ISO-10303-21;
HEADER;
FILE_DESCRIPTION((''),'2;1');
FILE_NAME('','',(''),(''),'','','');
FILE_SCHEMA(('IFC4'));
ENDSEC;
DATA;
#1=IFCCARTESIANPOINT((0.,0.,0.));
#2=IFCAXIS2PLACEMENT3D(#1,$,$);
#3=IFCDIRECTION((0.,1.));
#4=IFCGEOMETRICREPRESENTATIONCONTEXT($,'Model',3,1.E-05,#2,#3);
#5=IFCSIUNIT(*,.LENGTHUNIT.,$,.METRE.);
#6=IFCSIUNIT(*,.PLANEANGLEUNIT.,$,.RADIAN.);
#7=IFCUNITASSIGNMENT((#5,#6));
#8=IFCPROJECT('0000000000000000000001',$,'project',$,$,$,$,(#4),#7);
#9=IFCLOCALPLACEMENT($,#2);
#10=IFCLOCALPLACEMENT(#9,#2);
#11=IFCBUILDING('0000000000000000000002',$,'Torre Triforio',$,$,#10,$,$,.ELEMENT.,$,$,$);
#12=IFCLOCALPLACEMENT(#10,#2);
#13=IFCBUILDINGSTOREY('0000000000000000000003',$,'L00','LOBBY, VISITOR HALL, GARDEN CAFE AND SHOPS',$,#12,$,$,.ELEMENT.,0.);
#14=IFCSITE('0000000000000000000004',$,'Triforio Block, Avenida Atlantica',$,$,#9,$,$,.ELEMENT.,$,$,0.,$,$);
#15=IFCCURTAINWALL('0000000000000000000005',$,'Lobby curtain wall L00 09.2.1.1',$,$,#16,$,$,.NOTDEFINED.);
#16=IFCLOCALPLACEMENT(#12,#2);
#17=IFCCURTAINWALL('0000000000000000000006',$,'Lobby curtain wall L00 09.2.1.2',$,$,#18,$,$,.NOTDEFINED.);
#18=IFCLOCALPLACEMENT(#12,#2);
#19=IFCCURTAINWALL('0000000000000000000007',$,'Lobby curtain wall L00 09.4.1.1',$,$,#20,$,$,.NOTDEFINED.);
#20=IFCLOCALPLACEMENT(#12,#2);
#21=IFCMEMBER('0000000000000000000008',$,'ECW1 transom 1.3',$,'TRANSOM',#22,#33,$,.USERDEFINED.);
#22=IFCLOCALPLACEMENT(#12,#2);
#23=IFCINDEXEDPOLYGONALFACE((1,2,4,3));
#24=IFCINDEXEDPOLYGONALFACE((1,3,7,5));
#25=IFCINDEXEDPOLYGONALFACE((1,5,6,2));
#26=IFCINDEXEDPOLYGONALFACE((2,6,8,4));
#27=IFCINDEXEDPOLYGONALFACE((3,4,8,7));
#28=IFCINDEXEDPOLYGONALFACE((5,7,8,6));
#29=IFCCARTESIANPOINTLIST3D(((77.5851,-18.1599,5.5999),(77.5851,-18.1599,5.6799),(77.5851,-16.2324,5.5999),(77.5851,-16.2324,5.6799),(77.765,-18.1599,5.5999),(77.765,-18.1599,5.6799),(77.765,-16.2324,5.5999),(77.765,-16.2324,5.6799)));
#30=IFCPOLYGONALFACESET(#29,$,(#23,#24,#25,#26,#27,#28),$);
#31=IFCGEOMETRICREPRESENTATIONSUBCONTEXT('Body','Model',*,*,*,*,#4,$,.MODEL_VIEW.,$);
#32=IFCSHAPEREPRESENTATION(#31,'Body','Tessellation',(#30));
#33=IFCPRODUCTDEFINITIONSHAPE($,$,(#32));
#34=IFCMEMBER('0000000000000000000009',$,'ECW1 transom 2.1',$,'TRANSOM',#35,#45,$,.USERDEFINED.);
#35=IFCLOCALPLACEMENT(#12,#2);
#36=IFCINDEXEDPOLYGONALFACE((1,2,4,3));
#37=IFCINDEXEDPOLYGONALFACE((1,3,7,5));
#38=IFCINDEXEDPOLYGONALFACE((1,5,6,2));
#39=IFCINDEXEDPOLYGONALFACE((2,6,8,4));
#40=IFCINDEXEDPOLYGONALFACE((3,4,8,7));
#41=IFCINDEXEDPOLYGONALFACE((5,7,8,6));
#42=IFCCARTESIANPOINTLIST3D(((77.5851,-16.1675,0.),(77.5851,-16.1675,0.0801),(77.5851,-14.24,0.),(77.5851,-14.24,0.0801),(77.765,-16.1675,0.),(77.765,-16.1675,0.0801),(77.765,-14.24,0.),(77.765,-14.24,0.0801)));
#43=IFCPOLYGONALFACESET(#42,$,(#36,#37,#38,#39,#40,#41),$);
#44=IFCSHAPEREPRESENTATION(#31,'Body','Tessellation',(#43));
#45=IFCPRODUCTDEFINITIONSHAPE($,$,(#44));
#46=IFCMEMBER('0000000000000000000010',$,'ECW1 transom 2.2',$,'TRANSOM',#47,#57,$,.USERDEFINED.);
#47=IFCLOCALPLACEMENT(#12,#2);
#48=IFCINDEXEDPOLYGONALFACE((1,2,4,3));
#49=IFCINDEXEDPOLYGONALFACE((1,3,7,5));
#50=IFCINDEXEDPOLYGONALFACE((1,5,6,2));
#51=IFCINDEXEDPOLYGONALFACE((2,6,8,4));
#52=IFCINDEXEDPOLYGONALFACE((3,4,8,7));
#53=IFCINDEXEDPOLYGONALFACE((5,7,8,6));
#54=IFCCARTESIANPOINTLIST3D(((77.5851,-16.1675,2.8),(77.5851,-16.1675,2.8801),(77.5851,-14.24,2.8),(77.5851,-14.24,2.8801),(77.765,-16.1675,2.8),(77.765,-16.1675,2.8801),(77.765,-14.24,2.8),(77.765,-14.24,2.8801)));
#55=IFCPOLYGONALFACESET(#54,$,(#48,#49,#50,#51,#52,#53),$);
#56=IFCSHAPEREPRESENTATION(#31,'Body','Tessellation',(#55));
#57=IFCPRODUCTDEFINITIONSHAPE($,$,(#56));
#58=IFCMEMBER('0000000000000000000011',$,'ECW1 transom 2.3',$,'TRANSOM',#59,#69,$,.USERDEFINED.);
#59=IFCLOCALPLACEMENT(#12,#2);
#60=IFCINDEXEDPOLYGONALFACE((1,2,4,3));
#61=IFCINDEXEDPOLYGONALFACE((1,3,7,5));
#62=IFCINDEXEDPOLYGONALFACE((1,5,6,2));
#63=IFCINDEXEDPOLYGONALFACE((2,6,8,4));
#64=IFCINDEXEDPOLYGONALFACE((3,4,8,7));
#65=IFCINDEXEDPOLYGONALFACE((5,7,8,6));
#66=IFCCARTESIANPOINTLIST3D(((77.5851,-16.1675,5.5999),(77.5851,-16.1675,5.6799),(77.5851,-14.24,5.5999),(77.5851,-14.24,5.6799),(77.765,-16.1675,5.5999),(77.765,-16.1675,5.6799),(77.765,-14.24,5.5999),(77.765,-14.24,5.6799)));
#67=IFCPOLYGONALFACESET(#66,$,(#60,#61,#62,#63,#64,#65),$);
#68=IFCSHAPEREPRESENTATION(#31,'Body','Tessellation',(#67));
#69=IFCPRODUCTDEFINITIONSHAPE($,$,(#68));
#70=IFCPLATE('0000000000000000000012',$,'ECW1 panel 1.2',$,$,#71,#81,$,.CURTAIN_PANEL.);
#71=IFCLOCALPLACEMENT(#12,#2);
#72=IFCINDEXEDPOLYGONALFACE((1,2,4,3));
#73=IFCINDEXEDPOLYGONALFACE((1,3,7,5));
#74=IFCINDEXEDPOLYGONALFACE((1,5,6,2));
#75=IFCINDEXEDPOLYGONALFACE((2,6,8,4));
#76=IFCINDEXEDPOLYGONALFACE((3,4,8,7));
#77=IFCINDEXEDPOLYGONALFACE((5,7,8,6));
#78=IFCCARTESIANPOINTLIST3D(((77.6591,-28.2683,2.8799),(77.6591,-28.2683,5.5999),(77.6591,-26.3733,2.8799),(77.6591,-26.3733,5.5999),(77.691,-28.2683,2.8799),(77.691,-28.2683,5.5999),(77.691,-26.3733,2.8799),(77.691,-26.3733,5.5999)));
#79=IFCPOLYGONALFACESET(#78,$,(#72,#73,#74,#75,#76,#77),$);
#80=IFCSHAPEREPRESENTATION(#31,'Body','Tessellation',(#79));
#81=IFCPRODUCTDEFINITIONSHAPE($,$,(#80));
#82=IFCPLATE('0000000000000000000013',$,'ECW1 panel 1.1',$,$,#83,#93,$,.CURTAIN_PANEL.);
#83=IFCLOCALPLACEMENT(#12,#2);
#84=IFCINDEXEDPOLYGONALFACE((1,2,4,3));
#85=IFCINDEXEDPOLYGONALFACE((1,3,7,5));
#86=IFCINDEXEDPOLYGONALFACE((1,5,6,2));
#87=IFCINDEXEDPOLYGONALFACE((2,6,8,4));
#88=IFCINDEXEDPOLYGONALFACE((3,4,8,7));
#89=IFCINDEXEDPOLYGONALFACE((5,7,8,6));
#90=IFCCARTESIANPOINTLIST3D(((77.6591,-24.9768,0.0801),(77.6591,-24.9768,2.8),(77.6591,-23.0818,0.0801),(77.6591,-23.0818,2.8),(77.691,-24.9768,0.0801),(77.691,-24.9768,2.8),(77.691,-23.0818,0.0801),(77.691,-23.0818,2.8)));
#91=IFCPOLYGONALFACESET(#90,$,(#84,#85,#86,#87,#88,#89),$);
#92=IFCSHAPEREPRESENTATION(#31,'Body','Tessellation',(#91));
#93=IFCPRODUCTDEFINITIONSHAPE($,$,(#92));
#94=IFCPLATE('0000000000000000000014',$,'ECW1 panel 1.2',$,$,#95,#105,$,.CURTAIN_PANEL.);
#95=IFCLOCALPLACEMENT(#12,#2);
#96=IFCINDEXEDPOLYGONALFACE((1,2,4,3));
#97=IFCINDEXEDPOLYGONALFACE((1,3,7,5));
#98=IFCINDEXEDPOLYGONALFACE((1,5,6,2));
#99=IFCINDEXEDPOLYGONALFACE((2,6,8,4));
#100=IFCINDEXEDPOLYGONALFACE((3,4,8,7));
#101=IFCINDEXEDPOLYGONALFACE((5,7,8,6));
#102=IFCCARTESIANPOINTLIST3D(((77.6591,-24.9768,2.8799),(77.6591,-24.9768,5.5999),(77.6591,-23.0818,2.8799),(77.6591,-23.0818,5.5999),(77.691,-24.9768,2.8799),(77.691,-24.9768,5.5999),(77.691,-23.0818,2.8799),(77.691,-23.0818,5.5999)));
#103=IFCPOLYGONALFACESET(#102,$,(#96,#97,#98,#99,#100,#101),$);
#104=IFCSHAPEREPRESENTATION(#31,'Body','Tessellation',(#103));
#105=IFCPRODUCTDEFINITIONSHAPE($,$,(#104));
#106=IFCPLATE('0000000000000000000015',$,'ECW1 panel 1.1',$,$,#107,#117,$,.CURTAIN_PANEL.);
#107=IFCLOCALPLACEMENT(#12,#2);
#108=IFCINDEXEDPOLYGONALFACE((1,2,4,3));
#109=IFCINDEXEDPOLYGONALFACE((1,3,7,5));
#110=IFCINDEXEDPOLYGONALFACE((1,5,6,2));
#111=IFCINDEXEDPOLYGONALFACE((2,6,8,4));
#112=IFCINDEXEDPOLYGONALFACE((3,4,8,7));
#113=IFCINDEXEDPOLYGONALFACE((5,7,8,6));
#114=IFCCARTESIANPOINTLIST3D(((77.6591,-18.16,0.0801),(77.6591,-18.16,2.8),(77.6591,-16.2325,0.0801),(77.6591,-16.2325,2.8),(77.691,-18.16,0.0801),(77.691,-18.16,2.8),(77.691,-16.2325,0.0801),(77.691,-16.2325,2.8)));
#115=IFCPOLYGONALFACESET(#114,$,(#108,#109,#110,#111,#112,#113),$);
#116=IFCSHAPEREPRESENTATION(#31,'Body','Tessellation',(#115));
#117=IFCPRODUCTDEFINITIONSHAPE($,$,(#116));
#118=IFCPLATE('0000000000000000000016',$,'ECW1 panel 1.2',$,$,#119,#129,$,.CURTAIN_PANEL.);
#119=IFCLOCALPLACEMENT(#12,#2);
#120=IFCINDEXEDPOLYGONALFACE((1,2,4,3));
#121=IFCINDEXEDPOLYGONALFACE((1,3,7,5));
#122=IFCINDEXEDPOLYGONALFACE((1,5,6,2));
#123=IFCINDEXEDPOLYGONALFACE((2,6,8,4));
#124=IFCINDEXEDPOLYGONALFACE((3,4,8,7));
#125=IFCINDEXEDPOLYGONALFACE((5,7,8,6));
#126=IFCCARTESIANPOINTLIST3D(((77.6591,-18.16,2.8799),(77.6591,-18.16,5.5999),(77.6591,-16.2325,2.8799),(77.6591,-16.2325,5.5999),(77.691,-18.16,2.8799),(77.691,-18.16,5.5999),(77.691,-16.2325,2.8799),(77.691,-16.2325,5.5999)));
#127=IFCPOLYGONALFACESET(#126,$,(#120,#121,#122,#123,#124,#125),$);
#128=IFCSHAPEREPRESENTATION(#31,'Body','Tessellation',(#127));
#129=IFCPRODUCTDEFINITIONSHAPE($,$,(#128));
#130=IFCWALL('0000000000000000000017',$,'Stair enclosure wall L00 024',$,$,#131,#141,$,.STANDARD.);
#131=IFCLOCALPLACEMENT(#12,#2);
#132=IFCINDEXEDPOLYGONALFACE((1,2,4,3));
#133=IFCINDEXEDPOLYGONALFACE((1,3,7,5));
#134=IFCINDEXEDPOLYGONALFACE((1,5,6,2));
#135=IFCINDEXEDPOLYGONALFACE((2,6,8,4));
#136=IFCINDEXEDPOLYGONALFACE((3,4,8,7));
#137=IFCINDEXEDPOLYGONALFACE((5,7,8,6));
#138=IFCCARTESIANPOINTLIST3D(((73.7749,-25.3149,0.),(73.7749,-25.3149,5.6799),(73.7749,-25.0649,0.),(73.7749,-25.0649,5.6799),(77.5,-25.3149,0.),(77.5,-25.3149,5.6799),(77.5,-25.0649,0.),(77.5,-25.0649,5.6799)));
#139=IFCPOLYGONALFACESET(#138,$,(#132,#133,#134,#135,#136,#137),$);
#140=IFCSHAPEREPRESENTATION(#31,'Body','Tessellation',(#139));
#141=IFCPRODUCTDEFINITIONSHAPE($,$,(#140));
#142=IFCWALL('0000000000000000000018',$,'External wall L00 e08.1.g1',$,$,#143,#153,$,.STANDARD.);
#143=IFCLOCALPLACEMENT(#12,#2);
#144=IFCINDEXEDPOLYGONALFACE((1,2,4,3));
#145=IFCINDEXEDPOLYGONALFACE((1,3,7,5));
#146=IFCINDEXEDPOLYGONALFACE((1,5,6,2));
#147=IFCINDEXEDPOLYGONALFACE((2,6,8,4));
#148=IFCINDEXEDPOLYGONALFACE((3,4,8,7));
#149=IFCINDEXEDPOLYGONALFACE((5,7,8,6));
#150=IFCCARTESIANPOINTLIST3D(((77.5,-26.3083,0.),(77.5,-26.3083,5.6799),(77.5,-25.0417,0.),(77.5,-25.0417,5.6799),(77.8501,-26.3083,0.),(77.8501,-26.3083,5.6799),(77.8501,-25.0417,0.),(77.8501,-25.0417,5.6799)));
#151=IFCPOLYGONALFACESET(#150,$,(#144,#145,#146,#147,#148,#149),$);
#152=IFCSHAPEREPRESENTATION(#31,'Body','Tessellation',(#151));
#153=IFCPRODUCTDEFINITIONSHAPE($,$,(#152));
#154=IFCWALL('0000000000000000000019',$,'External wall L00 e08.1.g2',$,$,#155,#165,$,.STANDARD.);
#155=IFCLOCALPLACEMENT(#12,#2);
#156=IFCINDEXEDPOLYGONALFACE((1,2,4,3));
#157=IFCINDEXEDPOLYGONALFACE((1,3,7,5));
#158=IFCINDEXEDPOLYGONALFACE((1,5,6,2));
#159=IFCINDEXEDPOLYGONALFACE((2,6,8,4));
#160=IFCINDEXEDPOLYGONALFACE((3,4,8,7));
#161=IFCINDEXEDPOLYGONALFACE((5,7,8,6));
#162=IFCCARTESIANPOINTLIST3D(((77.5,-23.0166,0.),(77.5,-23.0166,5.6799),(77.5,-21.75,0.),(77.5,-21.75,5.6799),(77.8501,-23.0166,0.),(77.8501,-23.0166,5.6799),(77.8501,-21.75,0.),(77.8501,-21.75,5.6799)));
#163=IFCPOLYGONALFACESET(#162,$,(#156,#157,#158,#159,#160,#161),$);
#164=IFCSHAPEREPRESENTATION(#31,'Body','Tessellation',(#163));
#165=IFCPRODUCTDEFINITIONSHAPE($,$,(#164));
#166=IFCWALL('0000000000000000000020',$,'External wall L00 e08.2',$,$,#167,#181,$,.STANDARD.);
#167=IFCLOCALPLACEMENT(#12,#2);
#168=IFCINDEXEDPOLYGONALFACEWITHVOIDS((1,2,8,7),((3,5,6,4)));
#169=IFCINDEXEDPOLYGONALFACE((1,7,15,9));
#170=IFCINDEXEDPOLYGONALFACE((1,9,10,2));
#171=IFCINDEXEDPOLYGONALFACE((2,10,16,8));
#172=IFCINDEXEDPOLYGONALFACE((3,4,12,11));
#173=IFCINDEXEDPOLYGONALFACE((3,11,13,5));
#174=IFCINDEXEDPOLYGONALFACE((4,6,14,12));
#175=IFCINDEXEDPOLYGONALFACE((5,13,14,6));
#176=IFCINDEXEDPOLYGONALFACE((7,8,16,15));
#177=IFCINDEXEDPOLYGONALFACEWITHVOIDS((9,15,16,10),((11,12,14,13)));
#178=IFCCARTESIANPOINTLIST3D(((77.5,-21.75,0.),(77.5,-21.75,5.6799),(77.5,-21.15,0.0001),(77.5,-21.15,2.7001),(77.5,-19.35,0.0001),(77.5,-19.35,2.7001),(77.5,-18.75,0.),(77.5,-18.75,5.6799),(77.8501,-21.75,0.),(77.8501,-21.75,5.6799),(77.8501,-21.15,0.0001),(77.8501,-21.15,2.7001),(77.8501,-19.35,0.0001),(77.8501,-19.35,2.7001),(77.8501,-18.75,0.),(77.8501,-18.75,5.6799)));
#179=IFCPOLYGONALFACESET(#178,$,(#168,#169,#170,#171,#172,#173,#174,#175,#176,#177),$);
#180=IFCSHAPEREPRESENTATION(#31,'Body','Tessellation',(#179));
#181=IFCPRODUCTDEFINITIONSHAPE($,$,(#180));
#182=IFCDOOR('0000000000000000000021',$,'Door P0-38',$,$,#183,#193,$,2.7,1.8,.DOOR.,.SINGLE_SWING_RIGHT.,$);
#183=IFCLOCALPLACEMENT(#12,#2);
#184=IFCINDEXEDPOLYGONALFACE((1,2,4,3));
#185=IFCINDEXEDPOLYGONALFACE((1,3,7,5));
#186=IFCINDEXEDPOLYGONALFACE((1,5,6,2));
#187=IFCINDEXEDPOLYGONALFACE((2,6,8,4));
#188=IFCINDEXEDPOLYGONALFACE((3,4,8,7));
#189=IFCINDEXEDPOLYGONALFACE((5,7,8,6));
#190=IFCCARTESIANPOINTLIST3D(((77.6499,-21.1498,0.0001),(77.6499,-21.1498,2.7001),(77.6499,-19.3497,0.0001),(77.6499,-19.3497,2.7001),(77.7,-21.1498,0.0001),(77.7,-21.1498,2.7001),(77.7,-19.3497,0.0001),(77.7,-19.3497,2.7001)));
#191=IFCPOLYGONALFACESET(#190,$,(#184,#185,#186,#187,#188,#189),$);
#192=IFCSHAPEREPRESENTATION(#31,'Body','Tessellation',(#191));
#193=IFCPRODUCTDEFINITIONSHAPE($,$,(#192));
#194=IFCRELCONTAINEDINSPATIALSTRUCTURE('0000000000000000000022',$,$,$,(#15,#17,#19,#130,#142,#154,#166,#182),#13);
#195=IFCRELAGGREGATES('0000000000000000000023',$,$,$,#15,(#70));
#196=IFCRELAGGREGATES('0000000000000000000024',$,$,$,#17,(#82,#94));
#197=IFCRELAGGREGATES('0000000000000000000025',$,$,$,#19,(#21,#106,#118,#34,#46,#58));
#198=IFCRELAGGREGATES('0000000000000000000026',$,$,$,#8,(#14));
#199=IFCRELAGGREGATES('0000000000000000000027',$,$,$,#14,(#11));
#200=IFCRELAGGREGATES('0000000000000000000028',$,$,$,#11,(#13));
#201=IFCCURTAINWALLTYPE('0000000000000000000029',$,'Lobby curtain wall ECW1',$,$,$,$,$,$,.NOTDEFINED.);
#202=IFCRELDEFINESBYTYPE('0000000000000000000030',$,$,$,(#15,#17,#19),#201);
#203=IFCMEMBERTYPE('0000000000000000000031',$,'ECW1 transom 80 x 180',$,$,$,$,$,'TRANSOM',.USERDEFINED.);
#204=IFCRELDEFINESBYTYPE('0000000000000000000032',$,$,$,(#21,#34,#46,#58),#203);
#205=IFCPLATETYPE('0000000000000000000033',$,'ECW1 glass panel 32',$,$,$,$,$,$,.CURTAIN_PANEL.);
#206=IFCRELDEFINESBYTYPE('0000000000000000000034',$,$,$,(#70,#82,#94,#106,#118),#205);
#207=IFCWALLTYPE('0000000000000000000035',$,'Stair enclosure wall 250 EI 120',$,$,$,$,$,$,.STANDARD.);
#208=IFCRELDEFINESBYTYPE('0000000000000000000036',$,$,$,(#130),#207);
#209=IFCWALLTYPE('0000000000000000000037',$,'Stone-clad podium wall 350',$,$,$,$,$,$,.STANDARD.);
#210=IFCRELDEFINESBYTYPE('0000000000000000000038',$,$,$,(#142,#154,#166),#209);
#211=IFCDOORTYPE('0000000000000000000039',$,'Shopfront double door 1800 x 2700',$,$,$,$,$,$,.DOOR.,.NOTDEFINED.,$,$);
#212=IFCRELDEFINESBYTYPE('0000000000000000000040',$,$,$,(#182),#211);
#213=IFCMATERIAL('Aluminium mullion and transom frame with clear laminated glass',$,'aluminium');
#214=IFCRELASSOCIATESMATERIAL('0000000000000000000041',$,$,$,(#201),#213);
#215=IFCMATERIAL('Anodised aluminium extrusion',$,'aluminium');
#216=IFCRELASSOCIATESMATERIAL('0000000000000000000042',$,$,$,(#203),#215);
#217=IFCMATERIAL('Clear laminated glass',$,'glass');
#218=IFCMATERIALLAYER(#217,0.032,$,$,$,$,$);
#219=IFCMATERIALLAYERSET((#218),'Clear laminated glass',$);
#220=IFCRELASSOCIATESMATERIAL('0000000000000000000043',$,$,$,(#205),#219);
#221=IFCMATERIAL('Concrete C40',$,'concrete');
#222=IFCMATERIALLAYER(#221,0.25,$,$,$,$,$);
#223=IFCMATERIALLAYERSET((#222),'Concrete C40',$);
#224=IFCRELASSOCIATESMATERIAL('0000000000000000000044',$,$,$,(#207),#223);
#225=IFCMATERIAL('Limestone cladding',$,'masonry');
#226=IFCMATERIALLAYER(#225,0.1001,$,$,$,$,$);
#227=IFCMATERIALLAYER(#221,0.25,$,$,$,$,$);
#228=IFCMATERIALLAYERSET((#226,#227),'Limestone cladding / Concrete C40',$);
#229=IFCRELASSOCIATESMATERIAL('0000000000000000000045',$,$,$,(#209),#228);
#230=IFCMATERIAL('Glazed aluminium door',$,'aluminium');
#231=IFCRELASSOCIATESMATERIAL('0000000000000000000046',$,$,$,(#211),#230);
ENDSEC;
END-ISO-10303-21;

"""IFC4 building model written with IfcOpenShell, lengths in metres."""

from ifc_helpers import new_model, si_unit, direction, frame, frame_2d, origin, origin_2d, place, context, subcontext, project, spatial, rectangle, extrude, material, layer, layer_set, material_profile, profile_set, type_object, element, fill, aggregate, save


model = new_model("IFC4")

# Units and contexts
model_context = context("Model", 3, precision=1e-05, world=origin(), true_north=direction((0.0, 1.0)))
body_context = subcontext(model_context, "Body", "Model", "MODEL_VIEW")
ifc_project = project(units=[si_unit("LENGTHUNIT", "METRE"), si_unit("PLANEANGLEUNIT", "RADIAN")], contexts=[model_context])

# Site, building, storey
site_placement = place(None, origin())
site = spatial("IfcSite", under=ifc_project, at=site_placement, Name="Triforio Block, Avenida Atlantica", CompositionType="ELEMENT", RefElevation=0.0)
building_placement = place(site_placement, origin())
building = spatial("IfcBuilding", under=site, at=building_placement, Name="Torre Triforio", CompositionType="ELEMENT")
storey_placement = place(building_placement, origin())
storey = spatial("IfcBuildingStorey", under=building, at=storey_placement, Name="L00", Description="LOBBY, VISITOR HALL, GARDEN CAFE AND SHOPS", CompositionType="ELEMENT", Elevation=0.0)

# Curtain wall
ifc_material_1 = material(Name="Aluminium mullion and transom frame with clear laminated glass", Category="aluminium")
curtain_wall_type = type_object("IfcCurtainWallType", Name="Lobby curtain wall ECW1", PredefinedType="NOTDEFINED", material=ifc_material_1)
curtain_wall_1_placement = place(storey_placement, origin())
curtain_wall_1 = element("IfcCurtainWall", 1, at=curtain_wall_1_placement, inside=storey, type_object=curtain_wall_type, Name="Lobby curtain wall L00 09.2.1.1", PredefinedType="NOTDEFINED")
ifc_material_2 = material(Name="Anodised aluminium extrusion", Category="aluminium")

# Curtain walls
curtain_wall_2_placement = place(storey_placement, origin())
curtain_wall_2 = element("IfcCurtainWall", 2, at=curtain_wall_2_placement, inside=storey, type_object=curtain_wall_type, Name="Lobby curtain wall L00 09.2.1.2", PredefinedType="NOTDEFINED")
curtain_wall_3_placement = place(storey_placement, origin())
curtain_wall_3 = element("IfcCurtainWall", 3, at=curtain_wall_3_placement, inside=storey, type_object=curtain_wall_type, Name="Lobby curtain wall L00 09.4.1.1", PredefinedType="NOTDEFINED")

# Members
ifc_material_profile_1 = material_profile(ifc_material_2, rectangle(XDim=0.1799, YDim=0.0801, at=origin_2d()), Name="ECW1 TRANSOM 80x180")
ifc_profile_set_1 = profile_set([ifc_material_profile_1], Name="Anodised aluminium extrusion")
member_type_1 = type_object("IfcMemberType", Name="ECW1 transom 80 x 180", ElementType="TRANSOM", PredefinedType="USERDEFINED", material=ifc_profile_set_1)
member_1_placement = place(storey_placement, frame((77.675, -18.1599, 5.6399), z_axis=(0.0, 1.0, 0.0), x_axis=(-1.0, 0.0, 0.0)))
member_1 = element("IfcMember", 4, at=member_1_placement, type_object=member_type_1, Name="ECW1 transom 1.3", ObjectType="TRANSOM", PredefinedType="USERDEFINED", context=body_context, shape_type="SweptSolid", body=[
    extrude(rectangle(XDim=0.1799, YDim=0.0801, at=origin_2d()), origin(), (0.0, 0.0, 1.0), 1.9275),
])
member_2_placement = place(storey_placement, frame((77.675, -16.1675, 0.04), z_axis=(0.0, 1.0, 0.0), x_axis=(-1.0, 0.0, 0.0)))
member_2 = element("IfcMember", 5, at=member_2_placement, type_object=member_type_1, Name="ECW1 transom 2.1", ObjectType="TRANSOM", PredefinedType="USERDEFINED", context=body_context, shape_type="SweptSolid", body=[
    extrude(rectangle(XDim=0.1799, YDim=0.0801, at=origin_2d()), origin(), (0.0, 0.0, 1.0), 1.9275),
])
member_3_placement = place(storey_placement, frame((77.675, -16.1675, 2.8401), z_axis=(0.0, 1.0, 0.0), x_axis=(-1.0, 0.0, 0.0)))
member_3 = element("IfcMember", 6, at=member_3_placement, type_object=member_type_1, Name="ECW1 transom 2.2", ObjectType="TRANSOM", PredefinedType="USERDEFINED", context=body_context, shape_type="SweptSolid", body=[
    extrude(rectangle(XDim=0.1799, YDim=0.0801, at=origin_2d()), origin(), (0.0, 0.0, 1.0), 1.9275),
])
member_4_placement = place(storey_placement, frame((77.675, -16.1675, 5.6399), z_axis=(0.0, 1.0, 0.0), x_axis=(-1.0, 0.0, 0.0)))
member_4 = element("IfcMember", 7, at=member_4_placement, type_object=member_type_1, Name="ECW1 transom 2.3", ObjectType="TRANSOM", PredefinedType="USERDEFINED", context=body_context, shape_type="SweptSolid", body=[
    extrude(rectangle(XDim=0.1799, YDim=0.0801, at=origin_2d()), origin(), (0.0, 0.0, 1.0), 1.9275),
])

# Plates
ifc_material_3 = material(Name="Clear laminated glass", Category="glass")
ifc_layer_1 = layer(ifc_material_3, 0.032)
ifc_layer_set_1 = layer_set([ifc_layer_1], Name="Clear laminated glass")
plate_type = type_object("IfcPlateType", Name="ECW1 glass panel 32", PredefinedType="CURTAIN_PANEL", material=ifc_layer_set_1)
plate_1_placement = place(storey_placement, frame((77.675, -27.3208, 2.8799), z_axis=(0.0, 0.0, 1.0), x_axis=(0.0, 1.0, 0.0)))
plate_1 = element("IfcPlate", 8, at=plate_1_placement, type_object=plate_type, Name="ECW1 panel 1.2", PredefinedType="CURTAIN_PANEL", context=body_context, shape_type="SweptSolid", body=[
    extrude(rectangle(XDim=1.895, YDim=0.032, at=origin_2d()), origin(), (0.0, 0.0, 1.0), 2.72),
])
aggregate(curtain_wall_1, [plate_1])
plate_2_placement = place(storey_placement, frame((77.675, -24.0293, 0.0801), z_axis=(0.0, 0.0, 1.0), x_axis=(0.0, 1.0, 0.0)))
plate_2 = element("IfcPlate", 9, at=plate_2_placement, type_object=plate_type, Name="ECW1 panel 1.1", PredefinedType="CURTAIN_PANEL", context=body_context, shape_type="SweptSolid", body=[
    extrude(rectangle(XDim=1.895, YDim=0.032, at=origin_2d()), origin(), (0.0, 0.0, 1.0), 2.72),
])
plate_3_placement = place(storey_placement, frame((77.675, -24.0293, 2.8799), z_axis=(0.0, 0.0, 1.0), x_axis=(0.0, 1.0, 0.0)))
plate_3 = element("IfcPlate", 10, at=plate_3_placement, type_object=plate_type, Name="ECW1 panel 1.2", PredefinedType="CURTAIN_PANEL", context=body_context, shape_type="SweptSolid", body=[
    extrude(rectangle(XDim=1.895, YDim=0.032, at=origin_2d()), origin(), (0.0, 0.0, 1.0), 2.72),
])
aggregate(curtain_wall_2, [plate_2, plate_3])
plate_4_placement = place(storey_placement, frame((77.675, -17.1963, 0.0801), z_axis=(0.0, 0.0, 1.0), x_axis=(0.0, 1.0, 0.0)))
plate_4 = element("IfcPlate", 11, at=plate_4_placement, type_object=plate_type, Name="ECW1 panel 1.1", PredefinedType="CURTAIN_PANEL", context=body_context, shape_type="SweptSolid", body=[
    extrude(rectangle(XDim=1.9275, YDim=0.032, at=origin_2d()), origin(), (0.0, 0.0, 1.0), 2.72),
])
plate_5_placement = place(storey_placement, frame((77.675, -17.1963, 2.8799), z_axis=(0.0, 0.0, 1.0), x_axis=(0.0, 1.0, 0.0)))
plate_5 = element("IfcPlate", 12, at=plate_5_placement, type_object=plate_type, Name="ECW1 panel 1.2", PredefinedType="CURTAIN_PANEL", context=body_context, shape_type="SweptSolid", body=[
    extrude(rectangle(XDim=1.9275, YDim=0.032, at=origin_2d()), origin(), (0.0, 0.0, 1.0), 2.72),
])
aggregate(curtain_wall_3, [member_1, plate_4, plate_5, member_2, member_3, member_4])

# Walls
ifc_material_4 = material(Name="Concrete C40", Category="concrete")
ifc_layer_2 = layer(ifc_material_4, 0.25)
ifc_layer_set_2 = layer_set([ifc_layer_2], Name="Concrete C40")
wall_type_1 = type_object("IfcWallType", Name="Stair enclosure wall 250 EI 120", PredefinedType="STANDARD", material=ifc_layer_set_2)
wall_1_placement = place(storey_placement, frame((73.7749, -25.1899, 0.0), z_axis=(0.0, 0.0, 1.0), x_axis=(1.0, 0.0, 0.0)))
element("IfcWall", 13, at=wall_1_placement, inside=storey, type_object=wall_type_1, Name="Stair enclosure wall L00 024", PredefinedType="STANDARD", context=body_context, shape_type="SweptSolid", body=[
    extrude(rectangle(XDim=3.7251, YDim=0.25, at=frame_2d((1.8625, 0.0))), origin(), (0.0, 0.0, 1.0), 5.6799),
])
ifc_material_5 = material(Name="Limestone cladding", Category="masonry")
ifc_layer_3 = layer(ifc_material_5, 0.1001)
ifc_layer_4 = layer(ifc_material_4, 0.25)
ifc_layer_set_3 = layer_set([ifc_layer_3, ifc_layer_4], Name="Limestone cladding / Concrete C40")
wall_type_2 = type_object("IfcWallType", Name="Stone-clad podium wall 350", PredefinedType="STANDARD", material=ifc_layer_set_3)
for number, where, z_axis, x_axis, name in (
    (14, (77.675, -26.3083, 0.0), (0.0, 0.0, 1.0), (0.0, 1.0, 0.0), "External wall L00 e08.1.g1"),
    (15, (77.675, -23.0166, 0.0), (0.0, 0.0, 1.0), (0.0, 1.0, 0.0), "External wall L00 e08.1.g2"),
):
    element("IfcWall", number, at=place(storey_placement, frame(where, z_axis=z_axis, x_axis=x_axis)), inside=storey, type_object=wall_type_2, Name=name, PredefinedType="STANDARD", context=body_context, shape_type="SweptSolid", body=[
        extrude(rectangle(XDim=1.2666, YDim=0.3501, at=frame_2d((0.6333, 0.0))), origin(), (0.0, 0.0, 1.0), 5.6799),
    ])

# Wall, opening, door
wall_2_placement = place(storey_placement, frame((77.675, -21.75, 0.0), z_axis=(0.0, 0.0, 1.0), x_axis=(0.0, 1.0, 0.0)))
wall_2 = element("IfcWall", 16, at=wall_2_placement, inside=storey, type_object=wall_type_2, Name="External wall L00 e08.2", PredefinedType="STANDARD", context=body_context, shape_type="SweptSolid", body=[
    extrude(rectangle(XDim=3.0, YDim=0.3501, at=frame_2d((1.5, 0.0))), origin(), (0.0, 0.0, 1.0), 5.6799),
])
opening_placement = place(wall_2_placement, frame((0.6001, 0.0, 0.0)))
opening = element("IfcOpeningElement", 17, at=opening_placement, cuts=wall_2, PredefinedType="OPENING", context=body_context, shape_type="SweptSolid", body=[
    extrude(rectangle(XDim=1.8, YDim=2.7, at=frame_2d((0.8999, 1.3501))), frame((0.0, 0.1851, 0.0), z_axis=(0.0, -1.0, 0.0), x_axis=(1.0, 0.0, 0.0)), (0.0, 0.0, 1.0), 0.3701),
])
ifc_material_6 = material(Name="Glazed aluminium door", Category="aluminium")
door_type = type_object("IfcDoorType", Name="Shopfront double door 1800 x 2700", OperationType="NOTDEFINED", PredefinedType="DOOR", material=ifc_material_6)
door_placement = place(opening_placement, frame((1.8, 0.0, 0.0), z_axis=(0.0, 0.0, 1.0), x_axis=(-1.0, 0.0, 0.0)))
door = element("IfcDoor", 18, at=door_placement, inside=storey, type_object=door_type, Name="Door P0-38", OperationType="SINGLE_SWING_RIGHT", OverallHeight=2.7, OverallWidth=1.8, PredefinedType="DOOR", context=body_context, shape_type="SweptSolid", body=[
    extrude(rectangle(XDim=1.8, YDim=2.7, at=frame_2d((0.8999, 1.3501))), frame((0.0, 0.0249, 0.0), z_axis=(0.0, -1.0, 0.0), x_axis=(1.0, 0.0, 0.0)), (0.0, 0.0, 1.0), 0.05),
])
fill(opening, door)

save(model, "model.ifc")
